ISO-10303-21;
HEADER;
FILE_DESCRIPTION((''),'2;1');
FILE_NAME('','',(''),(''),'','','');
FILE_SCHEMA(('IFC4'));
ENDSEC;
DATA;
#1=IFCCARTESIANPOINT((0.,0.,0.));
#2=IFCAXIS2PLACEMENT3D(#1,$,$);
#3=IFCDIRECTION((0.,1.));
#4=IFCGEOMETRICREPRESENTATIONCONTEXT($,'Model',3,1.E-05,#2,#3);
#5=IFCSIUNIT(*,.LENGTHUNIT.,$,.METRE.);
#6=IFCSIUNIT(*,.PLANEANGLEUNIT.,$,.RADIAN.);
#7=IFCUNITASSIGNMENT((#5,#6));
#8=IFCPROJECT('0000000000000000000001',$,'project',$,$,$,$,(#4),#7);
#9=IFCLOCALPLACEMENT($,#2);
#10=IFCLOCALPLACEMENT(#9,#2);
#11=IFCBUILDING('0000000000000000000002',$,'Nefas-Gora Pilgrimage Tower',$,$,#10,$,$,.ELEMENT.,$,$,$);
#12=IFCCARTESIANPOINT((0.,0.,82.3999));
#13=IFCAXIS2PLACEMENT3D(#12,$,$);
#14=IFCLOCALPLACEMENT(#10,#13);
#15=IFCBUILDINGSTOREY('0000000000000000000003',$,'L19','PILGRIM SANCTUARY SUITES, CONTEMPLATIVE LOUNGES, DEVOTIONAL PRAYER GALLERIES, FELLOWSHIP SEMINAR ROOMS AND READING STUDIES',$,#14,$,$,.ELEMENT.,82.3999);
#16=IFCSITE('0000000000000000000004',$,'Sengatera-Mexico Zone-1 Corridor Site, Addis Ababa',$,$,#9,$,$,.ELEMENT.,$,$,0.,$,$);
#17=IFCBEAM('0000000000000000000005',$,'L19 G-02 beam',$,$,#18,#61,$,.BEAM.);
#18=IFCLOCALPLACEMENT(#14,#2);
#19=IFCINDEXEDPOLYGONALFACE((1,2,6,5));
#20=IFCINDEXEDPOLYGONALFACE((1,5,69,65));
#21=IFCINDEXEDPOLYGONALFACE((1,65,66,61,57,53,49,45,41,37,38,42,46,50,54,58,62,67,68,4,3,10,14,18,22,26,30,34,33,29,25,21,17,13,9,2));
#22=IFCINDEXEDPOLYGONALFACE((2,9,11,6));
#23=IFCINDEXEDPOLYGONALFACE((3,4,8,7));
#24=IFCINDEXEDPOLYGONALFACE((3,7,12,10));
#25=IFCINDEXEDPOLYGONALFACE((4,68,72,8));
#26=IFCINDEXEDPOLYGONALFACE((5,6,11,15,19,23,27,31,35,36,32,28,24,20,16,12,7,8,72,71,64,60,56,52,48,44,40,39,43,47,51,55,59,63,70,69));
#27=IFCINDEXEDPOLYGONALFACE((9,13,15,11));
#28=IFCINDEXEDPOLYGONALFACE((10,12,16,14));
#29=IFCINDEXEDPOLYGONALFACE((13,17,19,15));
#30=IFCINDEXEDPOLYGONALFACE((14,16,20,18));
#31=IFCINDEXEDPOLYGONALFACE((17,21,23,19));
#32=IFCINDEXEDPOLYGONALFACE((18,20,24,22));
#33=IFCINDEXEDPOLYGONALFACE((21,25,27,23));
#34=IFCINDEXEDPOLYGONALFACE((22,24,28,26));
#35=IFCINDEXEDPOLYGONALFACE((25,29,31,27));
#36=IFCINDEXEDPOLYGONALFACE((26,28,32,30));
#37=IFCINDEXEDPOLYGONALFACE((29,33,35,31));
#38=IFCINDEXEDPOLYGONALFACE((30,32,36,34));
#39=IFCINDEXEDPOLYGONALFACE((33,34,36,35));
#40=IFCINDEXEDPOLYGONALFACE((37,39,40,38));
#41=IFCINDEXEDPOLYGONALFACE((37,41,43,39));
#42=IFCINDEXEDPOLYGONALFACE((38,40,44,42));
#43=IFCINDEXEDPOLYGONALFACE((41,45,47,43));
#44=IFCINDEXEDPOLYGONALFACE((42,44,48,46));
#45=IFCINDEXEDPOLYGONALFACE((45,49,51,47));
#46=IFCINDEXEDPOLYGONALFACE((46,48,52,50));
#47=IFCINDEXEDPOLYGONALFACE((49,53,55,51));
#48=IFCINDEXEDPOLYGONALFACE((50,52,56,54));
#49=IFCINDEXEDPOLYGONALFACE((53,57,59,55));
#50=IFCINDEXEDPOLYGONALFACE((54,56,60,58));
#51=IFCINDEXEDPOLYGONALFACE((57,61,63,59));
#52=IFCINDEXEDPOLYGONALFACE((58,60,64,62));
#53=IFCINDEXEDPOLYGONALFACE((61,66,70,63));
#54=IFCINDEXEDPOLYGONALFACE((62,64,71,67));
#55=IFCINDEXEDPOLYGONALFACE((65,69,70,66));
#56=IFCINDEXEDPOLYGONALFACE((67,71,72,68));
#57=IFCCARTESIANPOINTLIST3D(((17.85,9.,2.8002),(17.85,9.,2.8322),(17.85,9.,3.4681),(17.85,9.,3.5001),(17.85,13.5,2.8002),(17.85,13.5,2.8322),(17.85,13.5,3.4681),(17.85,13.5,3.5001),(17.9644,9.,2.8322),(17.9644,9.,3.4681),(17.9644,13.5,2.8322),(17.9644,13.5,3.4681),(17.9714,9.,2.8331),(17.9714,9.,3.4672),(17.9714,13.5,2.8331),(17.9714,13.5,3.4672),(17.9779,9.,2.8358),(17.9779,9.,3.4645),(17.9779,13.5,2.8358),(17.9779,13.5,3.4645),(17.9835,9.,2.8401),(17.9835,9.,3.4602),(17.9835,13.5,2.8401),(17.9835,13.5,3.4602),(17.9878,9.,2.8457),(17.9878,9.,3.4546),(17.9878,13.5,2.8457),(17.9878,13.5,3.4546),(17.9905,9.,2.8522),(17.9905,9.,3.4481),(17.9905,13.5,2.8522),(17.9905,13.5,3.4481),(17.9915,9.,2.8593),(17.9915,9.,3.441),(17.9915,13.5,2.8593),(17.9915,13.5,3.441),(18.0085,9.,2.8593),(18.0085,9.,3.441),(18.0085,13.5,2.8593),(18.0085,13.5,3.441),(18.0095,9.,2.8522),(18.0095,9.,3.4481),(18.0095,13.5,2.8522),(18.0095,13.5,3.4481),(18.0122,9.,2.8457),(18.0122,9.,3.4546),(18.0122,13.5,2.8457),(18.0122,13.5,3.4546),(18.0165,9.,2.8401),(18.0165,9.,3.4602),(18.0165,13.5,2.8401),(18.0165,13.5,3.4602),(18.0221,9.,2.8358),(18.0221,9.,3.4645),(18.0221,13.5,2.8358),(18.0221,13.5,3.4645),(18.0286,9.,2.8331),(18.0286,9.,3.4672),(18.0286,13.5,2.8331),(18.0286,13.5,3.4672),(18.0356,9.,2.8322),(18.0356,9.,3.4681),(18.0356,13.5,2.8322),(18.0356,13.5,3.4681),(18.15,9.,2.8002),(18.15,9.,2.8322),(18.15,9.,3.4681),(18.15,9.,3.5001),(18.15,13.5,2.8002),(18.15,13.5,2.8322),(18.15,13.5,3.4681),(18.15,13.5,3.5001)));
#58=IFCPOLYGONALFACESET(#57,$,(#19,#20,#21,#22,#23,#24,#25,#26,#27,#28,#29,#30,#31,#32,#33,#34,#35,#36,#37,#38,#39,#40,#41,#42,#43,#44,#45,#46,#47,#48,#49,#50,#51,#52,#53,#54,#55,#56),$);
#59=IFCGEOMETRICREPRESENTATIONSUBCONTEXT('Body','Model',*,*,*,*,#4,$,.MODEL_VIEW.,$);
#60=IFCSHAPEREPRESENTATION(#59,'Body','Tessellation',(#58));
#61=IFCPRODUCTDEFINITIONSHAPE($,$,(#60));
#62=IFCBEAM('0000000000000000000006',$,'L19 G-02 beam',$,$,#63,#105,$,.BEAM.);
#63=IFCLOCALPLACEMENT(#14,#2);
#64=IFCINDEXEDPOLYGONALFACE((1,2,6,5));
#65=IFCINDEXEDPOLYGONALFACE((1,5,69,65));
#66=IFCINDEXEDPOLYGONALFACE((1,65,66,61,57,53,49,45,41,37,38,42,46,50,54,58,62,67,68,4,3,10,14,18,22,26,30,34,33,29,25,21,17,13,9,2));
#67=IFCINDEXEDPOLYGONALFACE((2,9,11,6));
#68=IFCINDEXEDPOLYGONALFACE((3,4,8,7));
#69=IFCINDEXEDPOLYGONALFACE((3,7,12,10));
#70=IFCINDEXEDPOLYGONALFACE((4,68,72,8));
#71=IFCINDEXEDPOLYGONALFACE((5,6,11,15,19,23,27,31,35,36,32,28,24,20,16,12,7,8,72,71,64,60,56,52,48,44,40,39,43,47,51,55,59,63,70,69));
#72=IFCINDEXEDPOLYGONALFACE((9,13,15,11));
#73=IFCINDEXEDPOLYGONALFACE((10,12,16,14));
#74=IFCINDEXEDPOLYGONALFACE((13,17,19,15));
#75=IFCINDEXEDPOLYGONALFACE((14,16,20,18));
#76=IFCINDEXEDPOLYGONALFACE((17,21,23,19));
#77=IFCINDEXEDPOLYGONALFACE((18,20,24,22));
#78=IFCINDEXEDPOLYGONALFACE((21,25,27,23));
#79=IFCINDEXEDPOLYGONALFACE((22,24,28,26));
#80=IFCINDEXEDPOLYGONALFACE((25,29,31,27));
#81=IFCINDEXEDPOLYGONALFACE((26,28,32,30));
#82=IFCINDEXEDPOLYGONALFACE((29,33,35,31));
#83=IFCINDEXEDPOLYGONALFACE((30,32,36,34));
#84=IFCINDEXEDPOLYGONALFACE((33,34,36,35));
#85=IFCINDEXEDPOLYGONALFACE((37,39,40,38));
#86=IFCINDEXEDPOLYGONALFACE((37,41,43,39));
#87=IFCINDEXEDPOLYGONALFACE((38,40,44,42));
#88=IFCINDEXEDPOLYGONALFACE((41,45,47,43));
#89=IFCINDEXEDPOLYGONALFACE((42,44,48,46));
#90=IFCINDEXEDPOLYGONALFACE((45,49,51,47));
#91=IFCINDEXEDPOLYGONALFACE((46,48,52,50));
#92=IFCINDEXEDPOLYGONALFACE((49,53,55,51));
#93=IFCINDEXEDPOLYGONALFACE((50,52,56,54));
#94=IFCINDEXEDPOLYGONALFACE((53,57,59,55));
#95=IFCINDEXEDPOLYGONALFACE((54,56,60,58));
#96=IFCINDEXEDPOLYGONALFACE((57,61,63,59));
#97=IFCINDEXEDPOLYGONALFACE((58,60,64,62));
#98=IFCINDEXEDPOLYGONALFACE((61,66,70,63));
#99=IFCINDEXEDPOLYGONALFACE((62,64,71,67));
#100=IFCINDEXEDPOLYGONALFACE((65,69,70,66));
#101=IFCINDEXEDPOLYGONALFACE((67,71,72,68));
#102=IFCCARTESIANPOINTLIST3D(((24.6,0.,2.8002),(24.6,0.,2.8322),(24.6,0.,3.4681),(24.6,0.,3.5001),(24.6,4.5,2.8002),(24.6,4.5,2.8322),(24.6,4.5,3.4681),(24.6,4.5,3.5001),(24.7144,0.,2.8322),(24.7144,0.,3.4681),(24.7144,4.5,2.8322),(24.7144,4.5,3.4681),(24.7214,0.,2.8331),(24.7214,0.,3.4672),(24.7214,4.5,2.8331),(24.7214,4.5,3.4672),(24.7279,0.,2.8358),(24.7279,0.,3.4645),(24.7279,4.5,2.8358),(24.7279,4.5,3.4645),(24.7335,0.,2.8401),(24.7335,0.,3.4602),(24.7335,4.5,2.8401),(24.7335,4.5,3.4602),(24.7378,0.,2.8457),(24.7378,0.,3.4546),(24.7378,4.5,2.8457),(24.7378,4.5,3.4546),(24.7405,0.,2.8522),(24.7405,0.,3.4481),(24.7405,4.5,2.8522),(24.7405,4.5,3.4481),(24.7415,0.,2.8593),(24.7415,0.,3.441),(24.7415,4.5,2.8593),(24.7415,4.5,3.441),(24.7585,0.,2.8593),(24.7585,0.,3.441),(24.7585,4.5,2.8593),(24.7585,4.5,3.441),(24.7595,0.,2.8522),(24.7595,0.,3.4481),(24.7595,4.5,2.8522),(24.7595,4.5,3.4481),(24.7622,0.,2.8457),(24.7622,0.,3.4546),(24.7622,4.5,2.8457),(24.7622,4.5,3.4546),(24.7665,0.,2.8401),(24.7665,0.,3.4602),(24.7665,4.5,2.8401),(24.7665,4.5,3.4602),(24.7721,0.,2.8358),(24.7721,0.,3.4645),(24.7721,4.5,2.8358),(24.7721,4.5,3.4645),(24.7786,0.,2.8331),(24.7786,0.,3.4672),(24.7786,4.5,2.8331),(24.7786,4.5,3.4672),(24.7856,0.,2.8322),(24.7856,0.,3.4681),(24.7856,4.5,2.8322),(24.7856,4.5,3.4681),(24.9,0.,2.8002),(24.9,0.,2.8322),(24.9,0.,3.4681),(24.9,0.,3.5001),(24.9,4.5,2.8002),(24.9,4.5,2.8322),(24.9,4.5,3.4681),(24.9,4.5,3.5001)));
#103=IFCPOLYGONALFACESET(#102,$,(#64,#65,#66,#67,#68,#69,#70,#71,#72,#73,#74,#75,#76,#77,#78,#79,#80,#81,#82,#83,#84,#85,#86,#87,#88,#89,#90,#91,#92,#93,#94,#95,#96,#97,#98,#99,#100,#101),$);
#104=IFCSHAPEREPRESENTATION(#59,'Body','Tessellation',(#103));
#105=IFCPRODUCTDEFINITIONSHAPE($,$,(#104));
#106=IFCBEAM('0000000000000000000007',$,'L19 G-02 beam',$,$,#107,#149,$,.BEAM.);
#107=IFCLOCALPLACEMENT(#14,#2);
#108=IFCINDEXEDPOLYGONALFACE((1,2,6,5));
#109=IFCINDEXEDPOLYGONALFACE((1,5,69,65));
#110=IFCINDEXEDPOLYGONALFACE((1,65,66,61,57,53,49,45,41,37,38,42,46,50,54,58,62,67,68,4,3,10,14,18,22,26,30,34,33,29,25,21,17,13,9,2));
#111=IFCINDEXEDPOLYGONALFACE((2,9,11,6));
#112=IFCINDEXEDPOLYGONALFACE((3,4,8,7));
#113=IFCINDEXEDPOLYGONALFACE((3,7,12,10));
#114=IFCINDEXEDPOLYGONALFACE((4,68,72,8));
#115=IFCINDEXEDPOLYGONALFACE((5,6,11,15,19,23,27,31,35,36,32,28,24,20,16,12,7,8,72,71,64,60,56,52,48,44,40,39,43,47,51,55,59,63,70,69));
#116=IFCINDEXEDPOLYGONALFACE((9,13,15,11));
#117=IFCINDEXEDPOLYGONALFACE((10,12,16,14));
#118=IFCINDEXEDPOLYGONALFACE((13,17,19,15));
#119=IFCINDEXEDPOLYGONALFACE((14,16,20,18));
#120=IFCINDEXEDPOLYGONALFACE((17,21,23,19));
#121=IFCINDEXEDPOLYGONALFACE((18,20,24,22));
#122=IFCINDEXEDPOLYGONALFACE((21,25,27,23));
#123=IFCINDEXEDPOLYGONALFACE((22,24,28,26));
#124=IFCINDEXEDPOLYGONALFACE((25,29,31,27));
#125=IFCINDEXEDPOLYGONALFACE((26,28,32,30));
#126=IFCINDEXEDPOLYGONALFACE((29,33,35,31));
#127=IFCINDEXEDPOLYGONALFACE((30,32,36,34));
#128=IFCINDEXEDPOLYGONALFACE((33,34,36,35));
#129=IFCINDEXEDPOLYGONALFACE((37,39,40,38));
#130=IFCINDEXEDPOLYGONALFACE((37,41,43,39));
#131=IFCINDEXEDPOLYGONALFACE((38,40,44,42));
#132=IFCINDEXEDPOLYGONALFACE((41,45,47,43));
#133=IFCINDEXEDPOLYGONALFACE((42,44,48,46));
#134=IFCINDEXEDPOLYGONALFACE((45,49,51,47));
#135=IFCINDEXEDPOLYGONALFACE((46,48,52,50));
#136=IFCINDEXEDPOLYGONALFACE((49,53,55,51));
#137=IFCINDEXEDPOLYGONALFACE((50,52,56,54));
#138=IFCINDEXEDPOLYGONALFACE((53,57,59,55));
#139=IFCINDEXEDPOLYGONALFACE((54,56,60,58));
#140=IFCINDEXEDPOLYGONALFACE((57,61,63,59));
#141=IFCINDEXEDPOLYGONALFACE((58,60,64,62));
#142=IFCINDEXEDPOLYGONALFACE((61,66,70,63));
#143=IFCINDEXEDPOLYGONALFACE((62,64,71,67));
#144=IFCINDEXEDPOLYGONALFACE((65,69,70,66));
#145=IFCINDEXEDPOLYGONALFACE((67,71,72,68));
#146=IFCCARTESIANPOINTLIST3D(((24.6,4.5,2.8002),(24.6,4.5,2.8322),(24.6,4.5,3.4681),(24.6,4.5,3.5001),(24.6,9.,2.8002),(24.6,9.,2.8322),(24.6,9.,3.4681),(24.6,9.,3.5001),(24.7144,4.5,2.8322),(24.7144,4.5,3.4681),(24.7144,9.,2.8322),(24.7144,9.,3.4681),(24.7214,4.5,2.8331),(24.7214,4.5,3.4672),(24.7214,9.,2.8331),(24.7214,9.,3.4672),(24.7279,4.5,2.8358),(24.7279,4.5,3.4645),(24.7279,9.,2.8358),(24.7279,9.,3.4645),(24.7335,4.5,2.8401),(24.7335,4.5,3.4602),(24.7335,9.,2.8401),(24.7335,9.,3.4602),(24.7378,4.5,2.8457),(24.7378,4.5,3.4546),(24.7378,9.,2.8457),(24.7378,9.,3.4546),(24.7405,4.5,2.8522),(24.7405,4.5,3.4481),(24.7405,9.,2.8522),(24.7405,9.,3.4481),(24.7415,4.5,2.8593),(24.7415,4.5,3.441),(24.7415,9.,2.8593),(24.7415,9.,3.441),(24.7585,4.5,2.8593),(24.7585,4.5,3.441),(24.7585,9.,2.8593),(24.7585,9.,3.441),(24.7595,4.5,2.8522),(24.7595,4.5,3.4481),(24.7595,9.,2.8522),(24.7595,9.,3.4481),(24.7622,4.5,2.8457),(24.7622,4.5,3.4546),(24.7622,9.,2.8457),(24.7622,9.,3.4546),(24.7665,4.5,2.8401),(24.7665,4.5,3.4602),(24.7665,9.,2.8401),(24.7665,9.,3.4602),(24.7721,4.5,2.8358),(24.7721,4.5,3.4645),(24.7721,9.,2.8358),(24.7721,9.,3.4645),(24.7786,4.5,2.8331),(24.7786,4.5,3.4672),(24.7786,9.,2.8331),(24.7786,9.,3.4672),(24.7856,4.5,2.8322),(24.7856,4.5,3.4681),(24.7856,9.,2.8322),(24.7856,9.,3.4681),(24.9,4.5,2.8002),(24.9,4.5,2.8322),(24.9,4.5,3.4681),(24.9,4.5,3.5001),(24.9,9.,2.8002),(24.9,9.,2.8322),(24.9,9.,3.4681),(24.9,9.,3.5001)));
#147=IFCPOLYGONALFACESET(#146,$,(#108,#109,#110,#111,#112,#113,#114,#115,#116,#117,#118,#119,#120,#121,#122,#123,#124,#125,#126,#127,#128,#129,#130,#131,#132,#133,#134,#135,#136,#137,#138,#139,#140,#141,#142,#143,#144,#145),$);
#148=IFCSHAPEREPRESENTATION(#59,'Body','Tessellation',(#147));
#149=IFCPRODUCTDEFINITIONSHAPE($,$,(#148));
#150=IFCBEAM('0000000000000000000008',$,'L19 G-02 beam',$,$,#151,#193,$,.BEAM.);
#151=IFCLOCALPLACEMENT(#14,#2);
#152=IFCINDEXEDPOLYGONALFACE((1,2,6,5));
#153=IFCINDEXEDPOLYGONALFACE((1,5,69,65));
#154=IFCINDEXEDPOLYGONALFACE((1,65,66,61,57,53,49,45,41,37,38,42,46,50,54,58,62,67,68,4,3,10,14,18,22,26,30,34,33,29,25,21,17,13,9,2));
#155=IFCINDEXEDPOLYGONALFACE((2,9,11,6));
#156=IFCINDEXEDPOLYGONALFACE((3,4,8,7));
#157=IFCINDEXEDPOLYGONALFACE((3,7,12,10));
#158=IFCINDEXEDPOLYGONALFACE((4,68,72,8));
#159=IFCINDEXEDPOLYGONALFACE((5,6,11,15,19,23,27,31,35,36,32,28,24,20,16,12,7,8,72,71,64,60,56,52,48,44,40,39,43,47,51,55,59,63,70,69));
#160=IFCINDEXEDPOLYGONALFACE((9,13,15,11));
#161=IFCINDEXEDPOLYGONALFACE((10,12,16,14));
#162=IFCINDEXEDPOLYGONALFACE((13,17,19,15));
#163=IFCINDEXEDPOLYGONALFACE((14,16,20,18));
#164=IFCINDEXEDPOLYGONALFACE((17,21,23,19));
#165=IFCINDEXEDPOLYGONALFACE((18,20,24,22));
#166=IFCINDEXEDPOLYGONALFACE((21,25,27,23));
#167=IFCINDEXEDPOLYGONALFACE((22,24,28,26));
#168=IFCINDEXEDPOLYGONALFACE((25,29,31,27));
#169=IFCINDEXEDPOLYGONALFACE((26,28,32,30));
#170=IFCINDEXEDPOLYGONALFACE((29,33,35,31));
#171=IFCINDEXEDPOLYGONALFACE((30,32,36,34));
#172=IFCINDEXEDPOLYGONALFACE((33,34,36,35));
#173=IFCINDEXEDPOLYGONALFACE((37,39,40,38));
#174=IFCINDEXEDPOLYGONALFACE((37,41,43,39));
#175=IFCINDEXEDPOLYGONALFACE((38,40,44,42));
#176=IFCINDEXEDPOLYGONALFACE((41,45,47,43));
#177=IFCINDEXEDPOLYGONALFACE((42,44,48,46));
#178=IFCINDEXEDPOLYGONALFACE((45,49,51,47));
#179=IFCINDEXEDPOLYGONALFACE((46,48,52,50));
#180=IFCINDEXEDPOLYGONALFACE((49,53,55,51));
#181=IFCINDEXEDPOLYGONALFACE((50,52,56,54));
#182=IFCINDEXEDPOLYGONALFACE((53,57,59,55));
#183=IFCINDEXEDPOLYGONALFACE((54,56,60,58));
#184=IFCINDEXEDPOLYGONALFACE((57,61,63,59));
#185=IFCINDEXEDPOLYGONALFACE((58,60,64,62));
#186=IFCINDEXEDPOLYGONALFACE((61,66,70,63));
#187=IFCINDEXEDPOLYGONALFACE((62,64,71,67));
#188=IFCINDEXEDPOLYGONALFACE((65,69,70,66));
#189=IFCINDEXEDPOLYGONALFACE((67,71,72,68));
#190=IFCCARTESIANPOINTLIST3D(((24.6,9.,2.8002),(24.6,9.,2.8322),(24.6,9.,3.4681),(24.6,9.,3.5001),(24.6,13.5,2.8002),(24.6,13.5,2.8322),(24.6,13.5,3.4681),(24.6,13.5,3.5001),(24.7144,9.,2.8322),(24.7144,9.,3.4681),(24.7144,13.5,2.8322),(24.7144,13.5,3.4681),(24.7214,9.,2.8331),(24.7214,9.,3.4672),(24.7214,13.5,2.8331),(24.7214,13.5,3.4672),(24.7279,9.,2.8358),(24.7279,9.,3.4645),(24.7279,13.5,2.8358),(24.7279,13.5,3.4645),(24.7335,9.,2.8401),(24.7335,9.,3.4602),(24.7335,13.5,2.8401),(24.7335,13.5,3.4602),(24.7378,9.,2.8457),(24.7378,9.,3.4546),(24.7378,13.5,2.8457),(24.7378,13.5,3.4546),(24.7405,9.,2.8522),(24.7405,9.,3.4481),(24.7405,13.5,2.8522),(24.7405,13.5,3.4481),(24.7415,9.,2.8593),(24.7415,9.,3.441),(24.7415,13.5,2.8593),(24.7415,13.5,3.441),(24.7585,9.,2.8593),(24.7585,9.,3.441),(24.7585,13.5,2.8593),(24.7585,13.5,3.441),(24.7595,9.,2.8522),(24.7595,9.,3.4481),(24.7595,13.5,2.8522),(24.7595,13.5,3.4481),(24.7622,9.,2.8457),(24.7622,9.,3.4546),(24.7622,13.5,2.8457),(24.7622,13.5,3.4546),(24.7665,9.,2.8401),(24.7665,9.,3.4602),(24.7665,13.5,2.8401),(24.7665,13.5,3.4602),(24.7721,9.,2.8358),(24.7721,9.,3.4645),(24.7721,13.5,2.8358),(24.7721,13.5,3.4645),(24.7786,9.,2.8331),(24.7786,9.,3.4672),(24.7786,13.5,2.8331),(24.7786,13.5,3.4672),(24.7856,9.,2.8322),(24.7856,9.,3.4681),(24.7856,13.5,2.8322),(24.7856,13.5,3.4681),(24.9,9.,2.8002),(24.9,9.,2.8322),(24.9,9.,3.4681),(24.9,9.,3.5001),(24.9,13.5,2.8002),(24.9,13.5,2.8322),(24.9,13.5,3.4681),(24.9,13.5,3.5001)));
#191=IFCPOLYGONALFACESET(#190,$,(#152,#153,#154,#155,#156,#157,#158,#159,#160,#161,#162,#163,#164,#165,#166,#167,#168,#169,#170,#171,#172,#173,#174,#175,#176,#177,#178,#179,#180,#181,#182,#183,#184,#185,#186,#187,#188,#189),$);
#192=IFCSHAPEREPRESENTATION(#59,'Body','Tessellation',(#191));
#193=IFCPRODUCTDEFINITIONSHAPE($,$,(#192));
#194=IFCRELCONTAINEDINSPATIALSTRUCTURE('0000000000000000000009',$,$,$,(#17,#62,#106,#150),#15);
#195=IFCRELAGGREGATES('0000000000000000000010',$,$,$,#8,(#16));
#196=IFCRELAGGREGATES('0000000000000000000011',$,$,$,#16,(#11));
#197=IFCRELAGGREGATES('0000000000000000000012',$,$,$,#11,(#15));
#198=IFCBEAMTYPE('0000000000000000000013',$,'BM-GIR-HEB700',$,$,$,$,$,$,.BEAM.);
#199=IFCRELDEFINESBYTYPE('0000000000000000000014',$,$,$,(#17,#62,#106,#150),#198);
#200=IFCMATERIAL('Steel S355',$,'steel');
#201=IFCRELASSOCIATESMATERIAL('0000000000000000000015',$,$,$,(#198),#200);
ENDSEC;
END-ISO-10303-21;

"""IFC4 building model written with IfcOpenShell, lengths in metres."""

from ifc_helpers import new_model, si_unit, direction, frame, origin, origin_2d, place, context, subcontext, project, spatial, i_section, extrude, source, transform, mapped, material, material_profile, profile_set, type_object, element, save


model = new_model("IFC4")

# Units and contexts
model_context = context("Model", 3, precision=1e-05, world=origin(), true_north=direction((0.0, 1.0)))
body_context = subcontext(model_context, "Body", "Model", "MODEL_VIEW")
ifc_project = project(units=[si_unit("LENGTHUNIT", "METRE"), si_unit("PLANEANGLEUNIT", "RADIAN")], contexts=[model_context])

# Site, building, storey
site_placement = place(None, origin())
site = spatial("IfcSite", under=ifc_project, at=site_placement, Name="Sengatera-Mexico Zone-1 Corridor Site, Addis Ababa", CompositionType="ELEMENT", RefElevation=0.0)
building_placement = place(site_placement, origin())
building = spatial("IfcBuilding", under=site, at=building_placement, Name="Nefas-Gora Pilgrimage Tower", CompositionType="ELEMENT")
storey_placement = place(building_placement, frame((0.0, 0.0, 82.3999)))
storey = spatial("IfcBuildingStorey", under=building, at=storey_placement, Name="L19", Description="PILGRIM SANCTUARY SUITES, CONTEMPLATIVE LOUNGES, DEVOTIONAL PRAYER GALLERIES, FELLOWSHIP SEMINAR ROOMS AND READING STUDIES", CompositionType="ELEMENT", Elevation=82.3999)

# Beams
ifc_material_1 = material(Name="Steel S355", Category="steel")
ifc_material_profile_1 = material_profile(ifc_material_1, i_section(OverallWidth=0.3, OverallDepth=0.7, WebThickness=0.0171, FlangeThickness=0.032, FilletRadius=0.0271, at=origin_2d()), Name="HEB 700")
ifc_profile_set_1 = profile_set([ifc_material_profile_1], Name="Steel S355")
beam_type_1 = type_object("IfcBeamType", Name="BM-GIR-HEB700", PredefinedType="BEAM", material=ifc_profile_set_1)
shared_shape_1 = source(origin(), body_context, "Body", "SweptSolid", [
    extrude(i_section(OverallWidth=0.3, OverallDepth=0.7, WebThickness=0.0171, FlangeThickness=0.032, FilletRadius=0.0271, at=origin_2d()), origin(), (0.0, 0.0, 1.0), 4.5),
])
for number, where, z_axis, x_axis, name in (
    (1, (18.0, 9.0, 3.1501), (0.0, 1.0, 0.0), (-1.0, 0.0, 0.0), "L19 G-02 beam"),
    (2, (24.75, 0.0, 3.1501), (0.0, 1.0, 0.0), (-1.0, 0.0, 0.0), "L19 G-02 beam"),
    (3, (24.75, 4.5, 3.1501), (0.0, 1.0, 0.0), (-1.0, 0.0, 0.0), "L19 G-02 beam"),
    (4, (24.75, 9.0, 3.1501), (0.0, 1.0, 0.0), (-1.0, 0.0, 0.0), "L19 G-02 beam"),
):
    element("IfcBeam", number, at=place(storey_placement, frame(where, z_axis=z_axis, x_axis=x_axis)), inside=storey, type_object=beam_type_1, Name=name, PredefinedType="BEAM", context=body_context, shape_type="MappedRepresentation", body=[
        mapped(shared_shape_1, transform((0.0, 0.0, 0.0), x_axis=(1.0, 0.0, 0.0), y_axis=(0.0, 1.0, 0.0), z_axis=(0.0, 0.0, 1.0), scale=1.0)),
    ])

save(model, "model.ifc")
